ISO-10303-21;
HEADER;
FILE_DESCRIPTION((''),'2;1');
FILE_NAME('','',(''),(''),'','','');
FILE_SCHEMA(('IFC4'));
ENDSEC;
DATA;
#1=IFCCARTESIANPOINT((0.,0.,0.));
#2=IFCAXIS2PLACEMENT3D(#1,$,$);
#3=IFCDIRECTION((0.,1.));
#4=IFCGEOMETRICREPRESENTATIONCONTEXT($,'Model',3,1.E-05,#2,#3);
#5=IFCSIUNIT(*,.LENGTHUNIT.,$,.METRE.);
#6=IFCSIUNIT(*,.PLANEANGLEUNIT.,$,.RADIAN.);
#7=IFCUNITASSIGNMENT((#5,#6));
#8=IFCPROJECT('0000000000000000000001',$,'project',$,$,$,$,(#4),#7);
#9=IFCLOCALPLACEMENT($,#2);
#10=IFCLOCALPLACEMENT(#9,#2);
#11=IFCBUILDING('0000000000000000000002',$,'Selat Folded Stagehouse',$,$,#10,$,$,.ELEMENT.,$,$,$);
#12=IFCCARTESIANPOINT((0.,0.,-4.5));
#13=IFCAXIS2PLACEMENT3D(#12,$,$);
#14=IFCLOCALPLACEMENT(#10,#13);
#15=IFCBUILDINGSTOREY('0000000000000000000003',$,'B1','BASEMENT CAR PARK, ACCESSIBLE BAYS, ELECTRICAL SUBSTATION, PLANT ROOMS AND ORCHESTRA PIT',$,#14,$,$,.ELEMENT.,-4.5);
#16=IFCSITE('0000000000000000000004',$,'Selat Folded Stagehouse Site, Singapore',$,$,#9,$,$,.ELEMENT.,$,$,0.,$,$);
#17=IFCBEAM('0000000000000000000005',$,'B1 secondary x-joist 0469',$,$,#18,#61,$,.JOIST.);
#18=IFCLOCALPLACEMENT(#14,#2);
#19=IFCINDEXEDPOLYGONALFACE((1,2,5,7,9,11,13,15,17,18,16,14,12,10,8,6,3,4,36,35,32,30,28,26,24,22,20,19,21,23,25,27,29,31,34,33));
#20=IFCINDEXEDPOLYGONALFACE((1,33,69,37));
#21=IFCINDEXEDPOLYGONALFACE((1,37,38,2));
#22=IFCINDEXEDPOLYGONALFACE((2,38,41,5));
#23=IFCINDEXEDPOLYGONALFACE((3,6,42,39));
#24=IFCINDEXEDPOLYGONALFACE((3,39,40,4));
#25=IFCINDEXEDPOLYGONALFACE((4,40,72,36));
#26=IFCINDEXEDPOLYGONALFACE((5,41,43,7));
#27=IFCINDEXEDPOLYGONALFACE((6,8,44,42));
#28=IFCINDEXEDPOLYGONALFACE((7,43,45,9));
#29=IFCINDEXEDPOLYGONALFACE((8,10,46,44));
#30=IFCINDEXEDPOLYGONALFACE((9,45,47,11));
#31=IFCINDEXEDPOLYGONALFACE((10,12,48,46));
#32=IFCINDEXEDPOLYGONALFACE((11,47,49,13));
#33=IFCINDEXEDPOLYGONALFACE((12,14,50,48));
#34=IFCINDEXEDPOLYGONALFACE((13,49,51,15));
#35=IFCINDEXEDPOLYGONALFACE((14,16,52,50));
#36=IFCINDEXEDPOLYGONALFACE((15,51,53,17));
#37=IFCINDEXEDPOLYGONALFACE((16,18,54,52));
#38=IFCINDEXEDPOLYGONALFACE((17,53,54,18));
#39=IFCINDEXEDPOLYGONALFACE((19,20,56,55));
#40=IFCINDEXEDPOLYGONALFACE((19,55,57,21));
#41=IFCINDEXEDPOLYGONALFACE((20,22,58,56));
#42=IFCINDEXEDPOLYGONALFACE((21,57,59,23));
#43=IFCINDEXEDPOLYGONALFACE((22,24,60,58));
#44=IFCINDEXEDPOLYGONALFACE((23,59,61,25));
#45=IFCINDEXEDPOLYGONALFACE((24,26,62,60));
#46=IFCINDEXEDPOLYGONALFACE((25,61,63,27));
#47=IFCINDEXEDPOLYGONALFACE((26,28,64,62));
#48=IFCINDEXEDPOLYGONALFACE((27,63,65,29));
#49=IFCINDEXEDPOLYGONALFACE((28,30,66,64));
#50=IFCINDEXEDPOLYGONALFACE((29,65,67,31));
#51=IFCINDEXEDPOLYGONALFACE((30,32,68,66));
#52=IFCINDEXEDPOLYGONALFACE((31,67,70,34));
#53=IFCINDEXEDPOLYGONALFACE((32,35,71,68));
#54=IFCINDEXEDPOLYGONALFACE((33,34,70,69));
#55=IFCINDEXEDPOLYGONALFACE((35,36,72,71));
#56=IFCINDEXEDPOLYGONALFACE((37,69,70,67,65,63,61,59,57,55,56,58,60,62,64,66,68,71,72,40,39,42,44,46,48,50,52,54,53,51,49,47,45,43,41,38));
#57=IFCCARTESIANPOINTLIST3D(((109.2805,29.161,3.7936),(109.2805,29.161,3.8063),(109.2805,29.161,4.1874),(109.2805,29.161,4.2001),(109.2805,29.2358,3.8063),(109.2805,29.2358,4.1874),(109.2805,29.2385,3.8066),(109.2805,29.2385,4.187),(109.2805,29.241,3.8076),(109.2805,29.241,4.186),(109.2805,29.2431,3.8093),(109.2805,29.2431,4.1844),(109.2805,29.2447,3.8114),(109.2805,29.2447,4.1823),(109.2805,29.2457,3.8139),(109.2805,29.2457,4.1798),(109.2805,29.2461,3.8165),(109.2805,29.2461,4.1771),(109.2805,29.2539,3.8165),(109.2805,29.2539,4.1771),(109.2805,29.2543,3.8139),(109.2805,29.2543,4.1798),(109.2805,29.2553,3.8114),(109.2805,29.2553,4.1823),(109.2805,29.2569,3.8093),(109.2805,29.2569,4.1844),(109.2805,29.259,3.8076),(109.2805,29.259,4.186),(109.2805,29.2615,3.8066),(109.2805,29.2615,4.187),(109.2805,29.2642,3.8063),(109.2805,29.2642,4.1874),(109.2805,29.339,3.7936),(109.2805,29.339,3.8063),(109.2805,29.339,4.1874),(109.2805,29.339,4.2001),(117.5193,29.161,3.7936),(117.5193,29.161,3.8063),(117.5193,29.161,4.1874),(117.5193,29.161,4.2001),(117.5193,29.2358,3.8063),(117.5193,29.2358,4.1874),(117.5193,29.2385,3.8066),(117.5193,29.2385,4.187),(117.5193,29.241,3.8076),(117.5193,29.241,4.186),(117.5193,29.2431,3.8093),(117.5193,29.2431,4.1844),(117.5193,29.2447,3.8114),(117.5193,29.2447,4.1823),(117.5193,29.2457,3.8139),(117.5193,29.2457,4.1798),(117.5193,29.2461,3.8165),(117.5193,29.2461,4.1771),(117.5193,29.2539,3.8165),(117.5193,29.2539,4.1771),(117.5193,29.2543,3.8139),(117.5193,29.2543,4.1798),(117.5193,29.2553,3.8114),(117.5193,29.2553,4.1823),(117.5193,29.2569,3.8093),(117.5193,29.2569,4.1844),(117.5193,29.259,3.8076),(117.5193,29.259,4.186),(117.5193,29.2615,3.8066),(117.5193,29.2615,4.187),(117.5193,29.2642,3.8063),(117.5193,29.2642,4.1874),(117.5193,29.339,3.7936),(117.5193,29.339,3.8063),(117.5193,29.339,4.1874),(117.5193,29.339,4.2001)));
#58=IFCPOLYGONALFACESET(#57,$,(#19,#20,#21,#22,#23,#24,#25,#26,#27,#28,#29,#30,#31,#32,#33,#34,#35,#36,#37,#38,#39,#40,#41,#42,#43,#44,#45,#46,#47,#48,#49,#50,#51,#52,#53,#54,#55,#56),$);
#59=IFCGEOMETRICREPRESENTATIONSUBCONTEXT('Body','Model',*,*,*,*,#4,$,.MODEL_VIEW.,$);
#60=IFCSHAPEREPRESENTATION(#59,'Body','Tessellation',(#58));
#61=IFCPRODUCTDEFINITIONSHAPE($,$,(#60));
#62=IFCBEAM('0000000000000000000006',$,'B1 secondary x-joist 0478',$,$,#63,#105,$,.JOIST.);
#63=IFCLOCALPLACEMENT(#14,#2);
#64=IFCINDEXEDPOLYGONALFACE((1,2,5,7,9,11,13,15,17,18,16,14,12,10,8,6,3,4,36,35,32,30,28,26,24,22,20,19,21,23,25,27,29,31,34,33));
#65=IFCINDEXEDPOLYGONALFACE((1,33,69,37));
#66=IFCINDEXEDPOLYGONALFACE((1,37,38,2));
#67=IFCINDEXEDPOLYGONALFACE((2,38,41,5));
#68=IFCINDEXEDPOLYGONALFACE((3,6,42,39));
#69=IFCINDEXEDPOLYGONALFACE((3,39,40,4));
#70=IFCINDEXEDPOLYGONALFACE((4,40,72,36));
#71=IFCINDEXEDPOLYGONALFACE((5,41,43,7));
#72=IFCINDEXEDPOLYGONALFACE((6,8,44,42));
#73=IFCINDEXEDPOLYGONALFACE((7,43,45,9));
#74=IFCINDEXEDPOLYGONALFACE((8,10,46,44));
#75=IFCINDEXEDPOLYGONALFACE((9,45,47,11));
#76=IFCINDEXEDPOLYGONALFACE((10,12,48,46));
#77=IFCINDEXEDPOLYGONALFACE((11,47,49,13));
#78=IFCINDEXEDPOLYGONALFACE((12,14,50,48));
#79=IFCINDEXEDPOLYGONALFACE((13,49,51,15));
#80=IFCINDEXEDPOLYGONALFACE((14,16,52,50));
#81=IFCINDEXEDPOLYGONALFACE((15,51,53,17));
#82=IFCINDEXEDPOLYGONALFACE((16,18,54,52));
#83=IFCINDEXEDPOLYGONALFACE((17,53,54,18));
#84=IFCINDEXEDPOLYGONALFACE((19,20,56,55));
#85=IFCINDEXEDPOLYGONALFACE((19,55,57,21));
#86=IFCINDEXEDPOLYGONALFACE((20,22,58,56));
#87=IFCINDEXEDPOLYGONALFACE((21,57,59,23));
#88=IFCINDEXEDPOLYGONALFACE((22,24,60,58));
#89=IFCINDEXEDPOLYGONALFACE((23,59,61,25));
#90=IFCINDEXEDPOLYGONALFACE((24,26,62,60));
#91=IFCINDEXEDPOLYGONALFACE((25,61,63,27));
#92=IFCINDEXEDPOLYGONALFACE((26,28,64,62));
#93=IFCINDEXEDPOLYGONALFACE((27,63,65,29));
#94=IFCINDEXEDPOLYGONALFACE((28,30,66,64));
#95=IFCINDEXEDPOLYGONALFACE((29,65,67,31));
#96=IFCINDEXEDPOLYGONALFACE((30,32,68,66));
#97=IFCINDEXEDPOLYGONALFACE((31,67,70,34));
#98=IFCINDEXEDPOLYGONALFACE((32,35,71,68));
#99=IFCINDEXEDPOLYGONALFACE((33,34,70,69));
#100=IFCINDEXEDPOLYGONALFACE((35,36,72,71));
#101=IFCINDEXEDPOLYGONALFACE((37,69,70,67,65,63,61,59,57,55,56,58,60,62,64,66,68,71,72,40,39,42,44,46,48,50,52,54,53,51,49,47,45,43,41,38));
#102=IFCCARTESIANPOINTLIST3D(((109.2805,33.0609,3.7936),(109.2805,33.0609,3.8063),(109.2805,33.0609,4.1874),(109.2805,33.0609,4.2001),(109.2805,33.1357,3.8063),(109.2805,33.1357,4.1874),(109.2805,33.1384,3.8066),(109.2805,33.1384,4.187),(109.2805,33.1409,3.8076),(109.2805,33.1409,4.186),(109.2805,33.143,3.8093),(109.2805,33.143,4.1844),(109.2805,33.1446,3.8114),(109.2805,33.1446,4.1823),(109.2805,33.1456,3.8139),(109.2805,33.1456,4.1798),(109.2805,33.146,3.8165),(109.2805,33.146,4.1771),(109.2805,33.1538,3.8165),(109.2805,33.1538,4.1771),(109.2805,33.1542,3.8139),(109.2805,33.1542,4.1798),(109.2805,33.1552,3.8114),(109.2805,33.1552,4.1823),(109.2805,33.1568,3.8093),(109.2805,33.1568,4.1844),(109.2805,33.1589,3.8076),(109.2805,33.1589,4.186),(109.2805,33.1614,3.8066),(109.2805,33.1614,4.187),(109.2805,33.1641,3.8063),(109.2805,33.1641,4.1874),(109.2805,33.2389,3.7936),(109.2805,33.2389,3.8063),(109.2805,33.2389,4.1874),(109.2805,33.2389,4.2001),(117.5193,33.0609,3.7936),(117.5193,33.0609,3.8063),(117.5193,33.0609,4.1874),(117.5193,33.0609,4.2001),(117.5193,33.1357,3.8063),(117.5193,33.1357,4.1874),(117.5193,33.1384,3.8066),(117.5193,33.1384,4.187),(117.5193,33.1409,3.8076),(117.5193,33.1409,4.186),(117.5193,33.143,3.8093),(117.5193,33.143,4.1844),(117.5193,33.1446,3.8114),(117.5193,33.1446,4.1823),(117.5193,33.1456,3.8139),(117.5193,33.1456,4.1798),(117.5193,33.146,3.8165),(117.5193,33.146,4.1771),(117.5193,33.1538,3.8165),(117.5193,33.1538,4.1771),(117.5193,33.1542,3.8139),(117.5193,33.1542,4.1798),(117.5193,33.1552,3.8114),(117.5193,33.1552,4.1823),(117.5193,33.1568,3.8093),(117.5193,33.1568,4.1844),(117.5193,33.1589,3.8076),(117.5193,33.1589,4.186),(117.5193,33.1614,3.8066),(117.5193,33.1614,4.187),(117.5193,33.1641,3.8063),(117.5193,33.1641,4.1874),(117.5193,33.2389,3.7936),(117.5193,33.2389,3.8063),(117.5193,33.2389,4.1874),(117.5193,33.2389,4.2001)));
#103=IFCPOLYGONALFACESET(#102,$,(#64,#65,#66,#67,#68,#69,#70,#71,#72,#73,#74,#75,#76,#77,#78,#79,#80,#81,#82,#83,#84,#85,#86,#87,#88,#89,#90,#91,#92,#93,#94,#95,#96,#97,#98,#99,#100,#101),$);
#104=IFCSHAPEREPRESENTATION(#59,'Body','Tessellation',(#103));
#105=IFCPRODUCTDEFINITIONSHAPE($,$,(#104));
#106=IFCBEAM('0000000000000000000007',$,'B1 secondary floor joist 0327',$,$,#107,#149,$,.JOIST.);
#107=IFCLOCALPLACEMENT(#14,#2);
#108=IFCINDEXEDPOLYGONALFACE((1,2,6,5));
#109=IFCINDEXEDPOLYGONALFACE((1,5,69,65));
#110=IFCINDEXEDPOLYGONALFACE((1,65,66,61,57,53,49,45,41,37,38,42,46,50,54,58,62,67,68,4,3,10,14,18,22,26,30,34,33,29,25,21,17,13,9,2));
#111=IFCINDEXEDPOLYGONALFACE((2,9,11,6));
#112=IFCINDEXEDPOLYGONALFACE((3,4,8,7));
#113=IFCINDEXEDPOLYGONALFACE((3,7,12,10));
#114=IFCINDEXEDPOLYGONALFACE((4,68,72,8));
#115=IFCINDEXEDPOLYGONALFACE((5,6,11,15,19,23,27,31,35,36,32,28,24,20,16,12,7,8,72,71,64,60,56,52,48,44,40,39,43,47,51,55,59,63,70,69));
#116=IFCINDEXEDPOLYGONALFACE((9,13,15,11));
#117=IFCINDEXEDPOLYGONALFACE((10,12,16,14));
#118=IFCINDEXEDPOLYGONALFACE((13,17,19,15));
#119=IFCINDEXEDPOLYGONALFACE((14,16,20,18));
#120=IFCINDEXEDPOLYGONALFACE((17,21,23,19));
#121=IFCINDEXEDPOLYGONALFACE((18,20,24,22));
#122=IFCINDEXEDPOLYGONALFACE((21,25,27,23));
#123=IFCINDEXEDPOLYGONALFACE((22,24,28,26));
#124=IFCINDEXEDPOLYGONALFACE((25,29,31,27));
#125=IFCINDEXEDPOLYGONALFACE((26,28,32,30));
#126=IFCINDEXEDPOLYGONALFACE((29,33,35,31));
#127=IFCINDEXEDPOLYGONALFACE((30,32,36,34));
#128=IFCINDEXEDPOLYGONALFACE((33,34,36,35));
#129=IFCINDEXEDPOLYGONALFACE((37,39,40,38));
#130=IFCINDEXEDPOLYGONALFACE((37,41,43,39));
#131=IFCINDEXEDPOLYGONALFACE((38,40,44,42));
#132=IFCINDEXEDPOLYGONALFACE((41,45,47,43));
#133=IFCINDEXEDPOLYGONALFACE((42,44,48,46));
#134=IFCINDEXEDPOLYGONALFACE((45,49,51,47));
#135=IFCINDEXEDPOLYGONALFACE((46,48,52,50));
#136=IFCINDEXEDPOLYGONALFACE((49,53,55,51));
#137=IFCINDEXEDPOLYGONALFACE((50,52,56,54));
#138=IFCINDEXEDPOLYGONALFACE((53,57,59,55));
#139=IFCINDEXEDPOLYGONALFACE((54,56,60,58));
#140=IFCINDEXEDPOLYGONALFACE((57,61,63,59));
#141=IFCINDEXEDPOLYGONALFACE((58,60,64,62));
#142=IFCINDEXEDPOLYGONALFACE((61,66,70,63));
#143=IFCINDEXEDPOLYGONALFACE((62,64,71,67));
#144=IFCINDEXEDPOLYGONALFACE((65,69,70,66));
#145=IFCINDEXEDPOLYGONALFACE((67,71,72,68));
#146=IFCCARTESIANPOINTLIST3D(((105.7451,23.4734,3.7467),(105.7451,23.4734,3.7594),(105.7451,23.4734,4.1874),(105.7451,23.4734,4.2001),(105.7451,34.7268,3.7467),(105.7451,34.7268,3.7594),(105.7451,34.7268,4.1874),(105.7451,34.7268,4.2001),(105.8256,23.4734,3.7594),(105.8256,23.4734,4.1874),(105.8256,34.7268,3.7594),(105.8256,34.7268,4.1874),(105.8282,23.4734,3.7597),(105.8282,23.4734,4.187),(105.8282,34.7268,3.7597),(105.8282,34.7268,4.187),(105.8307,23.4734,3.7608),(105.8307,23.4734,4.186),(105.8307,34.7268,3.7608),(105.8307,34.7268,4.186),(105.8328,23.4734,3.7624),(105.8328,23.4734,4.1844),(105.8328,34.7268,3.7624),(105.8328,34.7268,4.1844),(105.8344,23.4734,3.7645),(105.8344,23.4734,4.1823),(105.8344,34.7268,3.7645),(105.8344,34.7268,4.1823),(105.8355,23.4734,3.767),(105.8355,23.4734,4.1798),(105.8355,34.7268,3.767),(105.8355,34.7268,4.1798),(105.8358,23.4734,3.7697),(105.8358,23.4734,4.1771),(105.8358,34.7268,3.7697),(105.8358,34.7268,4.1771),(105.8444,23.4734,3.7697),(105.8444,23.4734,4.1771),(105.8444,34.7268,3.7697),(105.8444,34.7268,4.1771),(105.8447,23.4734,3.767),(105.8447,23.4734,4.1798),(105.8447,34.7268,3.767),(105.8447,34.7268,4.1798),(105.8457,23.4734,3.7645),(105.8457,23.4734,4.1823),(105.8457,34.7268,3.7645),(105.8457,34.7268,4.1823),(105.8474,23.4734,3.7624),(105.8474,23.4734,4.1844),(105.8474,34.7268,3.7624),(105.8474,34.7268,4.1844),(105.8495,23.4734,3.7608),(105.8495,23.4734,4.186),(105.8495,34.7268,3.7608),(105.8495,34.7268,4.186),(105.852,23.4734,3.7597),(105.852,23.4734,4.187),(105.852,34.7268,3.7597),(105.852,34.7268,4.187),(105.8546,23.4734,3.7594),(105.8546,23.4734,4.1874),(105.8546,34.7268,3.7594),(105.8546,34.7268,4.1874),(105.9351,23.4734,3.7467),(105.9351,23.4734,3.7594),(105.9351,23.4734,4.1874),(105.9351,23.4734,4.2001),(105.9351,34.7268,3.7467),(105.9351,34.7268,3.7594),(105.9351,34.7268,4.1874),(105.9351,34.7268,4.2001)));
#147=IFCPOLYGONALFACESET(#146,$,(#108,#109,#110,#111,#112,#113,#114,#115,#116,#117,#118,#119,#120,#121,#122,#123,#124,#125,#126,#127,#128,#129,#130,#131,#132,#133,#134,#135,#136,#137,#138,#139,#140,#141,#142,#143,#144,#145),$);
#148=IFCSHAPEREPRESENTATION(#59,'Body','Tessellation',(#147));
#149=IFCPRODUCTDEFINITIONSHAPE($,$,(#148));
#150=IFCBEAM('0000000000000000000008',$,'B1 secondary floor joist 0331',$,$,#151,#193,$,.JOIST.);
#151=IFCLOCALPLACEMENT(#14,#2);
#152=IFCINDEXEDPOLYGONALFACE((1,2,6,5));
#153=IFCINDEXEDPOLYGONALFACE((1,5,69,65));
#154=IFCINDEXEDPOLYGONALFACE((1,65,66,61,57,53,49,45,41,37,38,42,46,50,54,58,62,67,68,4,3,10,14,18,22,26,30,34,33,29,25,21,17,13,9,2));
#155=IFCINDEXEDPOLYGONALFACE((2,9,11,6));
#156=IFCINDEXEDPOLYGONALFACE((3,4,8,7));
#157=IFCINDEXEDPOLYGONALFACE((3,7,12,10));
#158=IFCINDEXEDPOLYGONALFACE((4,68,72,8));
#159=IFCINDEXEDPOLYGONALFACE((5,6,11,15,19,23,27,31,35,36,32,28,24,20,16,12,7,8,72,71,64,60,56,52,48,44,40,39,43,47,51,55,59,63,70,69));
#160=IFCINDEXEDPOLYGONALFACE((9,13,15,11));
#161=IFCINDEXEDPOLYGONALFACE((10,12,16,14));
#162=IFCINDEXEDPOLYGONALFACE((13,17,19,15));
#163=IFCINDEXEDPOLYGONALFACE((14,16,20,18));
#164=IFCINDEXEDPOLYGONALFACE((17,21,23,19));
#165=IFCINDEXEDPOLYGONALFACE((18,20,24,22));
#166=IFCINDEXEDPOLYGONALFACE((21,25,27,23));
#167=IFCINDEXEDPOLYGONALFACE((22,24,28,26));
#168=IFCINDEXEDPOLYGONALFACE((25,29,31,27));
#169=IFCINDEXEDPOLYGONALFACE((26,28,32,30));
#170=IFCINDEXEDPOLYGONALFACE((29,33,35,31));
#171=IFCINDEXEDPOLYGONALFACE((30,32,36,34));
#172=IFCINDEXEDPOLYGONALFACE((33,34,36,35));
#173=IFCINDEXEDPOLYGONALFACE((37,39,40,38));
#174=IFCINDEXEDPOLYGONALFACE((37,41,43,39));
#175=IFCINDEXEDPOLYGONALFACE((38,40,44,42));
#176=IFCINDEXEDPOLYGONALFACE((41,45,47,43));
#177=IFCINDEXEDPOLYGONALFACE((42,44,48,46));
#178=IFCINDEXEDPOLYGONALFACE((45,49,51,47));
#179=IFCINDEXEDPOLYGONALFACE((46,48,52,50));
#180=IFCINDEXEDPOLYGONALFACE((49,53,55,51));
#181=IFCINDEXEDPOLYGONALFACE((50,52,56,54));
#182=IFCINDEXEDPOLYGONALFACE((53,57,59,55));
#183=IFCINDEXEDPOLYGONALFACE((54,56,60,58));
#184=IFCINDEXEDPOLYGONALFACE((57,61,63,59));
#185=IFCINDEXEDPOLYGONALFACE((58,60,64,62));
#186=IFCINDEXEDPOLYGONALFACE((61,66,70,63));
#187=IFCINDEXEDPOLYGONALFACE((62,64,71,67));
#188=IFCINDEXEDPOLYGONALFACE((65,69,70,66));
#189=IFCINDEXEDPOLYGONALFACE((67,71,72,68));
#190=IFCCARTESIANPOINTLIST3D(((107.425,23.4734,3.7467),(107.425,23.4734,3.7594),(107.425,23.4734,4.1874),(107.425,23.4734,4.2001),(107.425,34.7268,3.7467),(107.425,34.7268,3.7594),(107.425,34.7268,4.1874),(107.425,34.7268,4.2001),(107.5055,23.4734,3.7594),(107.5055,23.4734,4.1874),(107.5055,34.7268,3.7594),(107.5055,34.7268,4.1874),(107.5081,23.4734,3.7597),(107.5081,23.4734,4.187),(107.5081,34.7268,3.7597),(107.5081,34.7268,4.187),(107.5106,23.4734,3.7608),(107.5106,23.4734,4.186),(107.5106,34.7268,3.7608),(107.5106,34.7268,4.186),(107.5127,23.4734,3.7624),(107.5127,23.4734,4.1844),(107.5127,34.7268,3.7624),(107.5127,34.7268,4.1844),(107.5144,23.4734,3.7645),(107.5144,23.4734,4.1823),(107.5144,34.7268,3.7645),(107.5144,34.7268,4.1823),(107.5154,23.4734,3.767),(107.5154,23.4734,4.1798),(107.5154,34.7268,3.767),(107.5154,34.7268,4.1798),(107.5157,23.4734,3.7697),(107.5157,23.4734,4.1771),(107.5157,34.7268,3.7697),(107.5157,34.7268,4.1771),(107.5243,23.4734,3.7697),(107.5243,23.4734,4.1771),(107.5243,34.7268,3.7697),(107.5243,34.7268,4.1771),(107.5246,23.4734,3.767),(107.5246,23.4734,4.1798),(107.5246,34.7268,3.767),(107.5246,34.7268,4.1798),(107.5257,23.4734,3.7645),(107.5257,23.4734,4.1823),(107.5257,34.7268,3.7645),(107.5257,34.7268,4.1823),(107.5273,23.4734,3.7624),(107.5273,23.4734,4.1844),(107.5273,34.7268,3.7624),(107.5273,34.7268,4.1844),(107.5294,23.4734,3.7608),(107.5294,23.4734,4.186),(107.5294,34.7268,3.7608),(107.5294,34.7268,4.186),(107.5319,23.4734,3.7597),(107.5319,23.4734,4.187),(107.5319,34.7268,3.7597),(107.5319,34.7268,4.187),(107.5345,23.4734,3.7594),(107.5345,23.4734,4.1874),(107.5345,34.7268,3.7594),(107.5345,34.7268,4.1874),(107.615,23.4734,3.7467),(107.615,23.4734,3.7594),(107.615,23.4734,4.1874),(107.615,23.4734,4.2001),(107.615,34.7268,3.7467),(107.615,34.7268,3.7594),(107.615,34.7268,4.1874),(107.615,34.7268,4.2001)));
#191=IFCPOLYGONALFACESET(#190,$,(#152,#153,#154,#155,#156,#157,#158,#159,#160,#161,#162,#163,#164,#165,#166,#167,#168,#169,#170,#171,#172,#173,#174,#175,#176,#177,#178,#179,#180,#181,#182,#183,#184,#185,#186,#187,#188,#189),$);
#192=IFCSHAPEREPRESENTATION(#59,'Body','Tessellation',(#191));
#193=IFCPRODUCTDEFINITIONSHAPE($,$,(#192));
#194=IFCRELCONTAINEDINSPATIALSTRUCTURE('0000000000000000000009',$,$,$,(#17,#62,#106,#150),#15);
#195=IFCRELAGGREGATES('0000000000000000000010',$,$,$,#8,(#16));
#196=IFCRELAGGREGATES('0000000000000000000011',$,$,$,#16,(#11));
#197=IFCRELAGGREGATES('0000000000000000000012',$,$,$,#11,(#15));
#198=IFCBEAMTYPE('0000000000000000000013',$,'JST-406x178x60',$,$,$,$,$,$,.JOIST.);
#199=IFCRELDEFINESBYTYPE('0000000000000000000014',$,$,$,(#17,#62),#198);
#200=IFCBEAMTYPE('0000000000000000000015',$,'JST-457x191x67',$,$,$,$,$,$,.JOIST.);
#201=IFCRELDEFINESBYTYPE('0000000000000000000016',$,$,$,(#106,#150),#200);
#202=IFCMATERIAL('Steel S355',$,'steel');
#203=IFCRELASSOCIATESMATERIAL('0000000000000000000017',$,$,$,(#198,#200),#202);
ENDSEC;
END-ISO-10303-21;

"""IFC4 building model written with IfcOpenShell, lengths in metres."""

from ifc_helpers import new_model, si_unit, direction, frame, origin, origin_2d, place, context, subcontext, project, spatial, i_section, extrude, material, material_profile, profile_set, type_object, element, save


model = new_model("IFC4")

# Units and contexts
model_context = context("Model", 3, precision=1e-05, world=origin(), true_north=direction((0.0, 1.0)))
body_context = subcontext(model_context, "Body", "Model", "MODEL_VIEW")
ifc_project = project(units=[si_unit("LENGTHUNIT", "METRE"), si_unit("PLANEANGLEUNIT", "RADIAN")], contexts=[model_context])

# Site, building, storey
site_placement = place(None, origin())
site = spatial("IfcSite", under=ifc_project, at=site_placement, Name="Selat Folded Stagehouse Site, Singapore", CompositionType="ELEMENT", RefElevation=0.0)
building_placement = place(site_placement, origin())
building = spatial("IfcBuilding", under=site, at=building_placement, Name="Selat Folded Stagehouse", CompositionType="ELEMENT")
storey_placement = place(building_placement, frame((0.0, 0.0, -4.5)))
storey = spatial("IfcBuildingStorey", under=building, at=storey_placement, Name="B1", Description="BASEMENT CAR PARK, ACCESSIBLE BAYS, ELECTRICAL SUBSTATION, PLANT ROOMS AND ORCHESTRA PIT", CompositionType="ELEMENT", Elevation=-4.5)

# Beams
ifc_material_1 = material(Name="Steel S355", Category="steel")
ifc_material_profile_1 = material_profile(ifc_material_1, i_section(OverallWidth=0.178, OverallDepth=0.4065, WebThickness=0.0078, FlangeThickness=0.0127, FilletRadius=0.0103, at=origin_2d()), Name="UKB 406x178x60")
ifc_profile_set_1 = profile_set([ifc_material_profile_1], Name="Steel S355")
beam_type_1 = type_object("IfcBeamType", Name="JST-406x178x60", PredefinedType="JOIST", material=ifc_profile_set_1)
for number, where, z_axis, x_axis, name in (
    (1, (109.2805, 29.25, 3.9968), (1.0, 0.0, 0.0), (0.0, 1.0, 0.0), "B1 secondary x-joist 0469"),
    (2, (109.2805, 33.1499, 3.9968), (1.0, 0.0, 0.0), (0.0, 1.0, 0.0), "B1 secondary x-joist 0478"),
):
    element("IfcBeam", number, at=place(storey_placement, frame(where, z_axis=z_axis, x_axis=x_axis)), inside=storey, type_object=beam_type_1, Name=name, PredefinedType="JOIST", context=body_context, shape_type="SweptSolid", body=[
        extrude(i_section(OverallWidth=0.178, OverallDepth=0.4065, WebThickness=0.0078, FlangeThickness=0.0127, FilletRadius=0.0103, at=origin_2d()), origin(), (0.0, 0.0, 1.0), 8.2388),
    ])
ifc_material_profile_2 = material_profile(ifc_material_1, i_section(OverallWidth=0.1899, OverallDepth=0.4534, WebThickness=0.0085, FlangeThickness=0.0127, FilletRadius=0.0103, at=origin_2d()), Name="UKB 457x191x67")
ifc_profile_set_2 = profile_set([ifc_material_profile_2], Name="Steel S355")
beam_type_2 = type_object("IfcBeamType", Name="JST-457x191x67", PredefinedType="JOIST", material=ifc_profile_set_2)
for number, where, z_axis, x_axis, name in (
    (3, (105.8401, 23.4734, 3.9734), (0.0, 1.0, 0.0), (-1.0, 0.0, 0.0), "B1 secondary floor joist 0327"),
    (4, (107.52, 23.4734, 3.9734), (0.0, 1.0, 0.0), (-1.0, 0.0, 0.0), "B1 secondary floor joist 0331"),
):
    element("IfcBeam", number, at=place(storey_placement, frame(where, z_axis=z_axis, x_axis=x_axis)), inside=storey, type_object=beam_type_2, Name=name, PredefinedType="JOIST", context=body_context, shape_type="SweptSolid", body=[
        extrude(i_section(OverallWidth=0.1899, OverallDepth=0.4534, WebThickness=0.0085, FlangeThickness=0.0127, FilletRadius=0.0103, at=origin_2d()), origin(), (0.0, 0.0, 1.0), 11.2534),
    ])

save(model, "model.ifc")
